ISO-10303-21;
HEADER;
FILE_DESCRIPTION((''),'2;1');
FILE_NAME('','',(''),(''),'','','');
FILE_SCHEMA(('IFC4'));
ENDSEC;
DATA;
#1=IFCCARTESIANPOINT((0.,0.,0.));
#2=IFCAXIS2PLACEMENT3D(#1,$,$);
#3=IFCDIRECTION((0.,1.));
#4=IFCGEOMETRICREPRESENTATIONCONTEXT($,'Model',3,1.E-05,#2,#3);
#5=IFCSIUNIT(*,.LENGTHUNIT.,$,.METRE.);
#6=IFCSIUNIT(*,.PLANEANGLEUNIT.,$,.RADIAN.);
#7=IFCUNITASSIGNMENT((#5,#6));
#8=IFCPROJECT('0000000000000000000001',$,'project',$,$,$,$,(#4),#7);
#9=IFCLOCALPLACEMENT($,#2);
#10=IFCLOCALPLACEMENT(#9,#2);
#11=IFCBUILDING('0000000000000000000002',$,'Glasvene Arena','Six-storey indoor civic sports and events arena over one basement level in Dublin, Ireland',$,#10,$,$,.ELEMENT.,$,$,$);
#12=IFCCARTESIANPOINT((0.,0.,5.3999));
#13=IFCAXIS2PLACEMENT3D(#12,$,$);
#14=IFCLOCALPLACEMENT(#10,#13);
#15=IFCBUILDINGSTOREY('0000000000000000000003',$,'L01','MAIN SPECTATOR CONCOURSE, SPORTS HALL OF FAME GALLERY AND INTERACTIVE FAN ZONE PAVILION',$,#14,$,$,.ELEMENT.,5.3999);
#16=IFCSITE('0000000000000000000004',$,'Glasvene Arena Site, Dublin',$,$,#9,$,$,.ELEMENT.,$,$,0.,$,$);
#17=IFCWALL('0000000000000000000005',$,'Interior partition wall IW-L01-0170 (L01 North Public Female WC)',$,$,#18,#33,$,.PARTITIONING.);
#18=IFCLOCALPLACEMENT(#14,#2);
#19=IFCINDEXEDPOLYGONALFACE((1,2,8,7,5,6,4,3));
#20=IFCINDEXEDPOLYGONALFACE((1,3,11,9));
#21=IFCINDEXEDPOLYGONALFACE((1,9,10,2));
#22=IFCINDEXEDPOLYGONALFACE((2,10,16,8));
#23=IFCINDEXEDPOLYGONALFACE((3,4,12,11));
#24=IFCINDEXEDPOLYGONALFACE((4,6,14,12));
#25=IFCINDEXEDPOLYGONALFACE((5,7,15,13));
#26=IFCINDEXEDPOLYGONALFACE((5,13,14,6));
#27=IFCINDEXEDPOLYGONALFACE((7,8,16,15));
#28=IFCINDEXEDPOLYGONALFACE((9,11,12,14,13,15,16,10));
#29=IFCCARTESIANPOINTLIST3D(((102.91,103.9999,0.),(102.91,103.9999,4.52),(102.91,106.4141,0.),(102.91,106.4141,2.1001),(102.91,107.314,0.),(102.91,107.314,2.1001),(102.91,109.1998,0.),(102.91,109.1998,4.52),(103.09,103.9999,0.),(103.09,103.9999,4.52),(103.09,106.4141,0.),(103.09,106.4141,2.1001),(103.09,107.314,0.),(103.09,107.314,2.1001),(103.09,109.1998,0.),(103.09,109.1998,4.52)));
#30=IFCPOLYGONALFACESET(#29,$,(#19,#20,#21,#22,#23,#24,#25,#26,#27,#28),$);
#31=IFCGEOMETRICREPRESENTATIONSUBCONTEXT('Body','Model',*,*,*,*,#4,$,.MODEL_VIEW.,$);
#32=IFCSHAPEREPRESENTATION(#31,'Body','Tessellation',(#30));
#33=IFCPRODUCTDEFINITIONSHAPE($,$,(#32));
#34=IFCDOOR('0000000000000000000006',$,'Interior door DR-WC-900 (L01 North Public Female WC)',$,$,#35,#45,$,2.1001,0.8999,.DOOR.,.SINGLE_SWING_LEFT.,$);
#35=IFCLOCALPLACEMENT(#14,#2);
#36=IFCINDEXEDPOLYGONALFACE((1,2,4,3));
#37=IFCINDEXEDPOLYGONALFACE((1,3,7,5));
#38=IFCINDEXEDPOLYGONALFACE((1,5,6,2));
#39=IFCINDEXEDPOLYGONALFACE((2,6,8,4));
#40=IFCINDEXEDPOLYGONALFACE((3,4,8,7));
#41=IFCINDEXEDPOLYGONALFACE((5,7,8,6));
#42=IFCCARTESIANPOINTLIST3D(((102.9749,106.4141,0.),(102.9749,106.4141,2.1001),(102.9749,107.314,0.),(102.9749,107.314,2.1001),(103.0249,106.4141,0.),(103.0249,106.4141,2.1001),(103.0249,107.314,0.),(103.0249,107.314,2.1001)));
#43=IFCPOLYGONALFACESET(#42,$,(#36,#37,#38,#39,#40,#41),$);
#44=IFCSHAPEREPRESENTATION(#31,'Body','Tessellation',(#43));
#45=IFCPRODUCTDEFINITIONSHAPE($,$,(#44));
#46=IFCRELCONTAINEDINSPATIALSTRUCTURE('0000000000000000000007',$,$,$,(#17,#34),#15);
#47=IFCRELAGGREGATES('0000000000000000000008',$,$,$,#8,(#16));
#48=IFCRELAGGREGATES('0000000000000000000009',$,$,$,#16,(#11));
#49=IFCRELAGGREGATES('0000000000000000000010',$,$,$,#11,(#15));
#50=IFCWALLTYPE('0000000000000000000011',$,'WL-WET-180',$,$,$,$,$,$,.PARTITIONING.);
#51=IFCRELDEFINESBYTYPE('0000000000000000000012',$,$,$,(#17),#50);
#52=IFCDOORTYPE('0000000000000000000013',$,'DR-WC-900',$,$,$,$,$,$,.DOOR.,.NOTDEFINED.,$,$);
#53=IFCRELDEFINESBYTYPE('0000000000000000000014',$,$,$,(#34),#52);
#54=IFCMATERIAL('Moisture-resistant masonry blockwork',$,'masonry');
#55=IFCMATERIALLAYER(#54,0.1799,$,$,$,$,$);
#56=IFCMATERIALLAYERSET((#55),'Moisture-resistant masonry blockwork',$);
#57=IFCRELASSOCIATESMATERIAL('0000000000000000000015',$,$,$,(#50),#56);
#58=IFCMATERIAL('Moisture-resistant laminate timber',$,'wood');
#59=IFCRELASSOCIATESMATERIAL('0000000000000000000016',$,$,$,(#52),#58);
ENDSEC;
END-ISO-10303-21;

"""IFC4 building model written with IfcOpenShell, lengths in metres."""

from ifc_helpers import new_model, si_unit, direction, frame, frame_2d, origin, place, context, subcontext, project, spatial, rectangle, extrude, material, layer, layer_set, type_object, element, fill, save


model = new_model("IFC4")

# Units and contexts
model_context = context("Model", 3, precision=1e-05, world=origin(), true_north=direction((0.0, 1.0)))
body_context = subcontext(model_context, "Body", "Model", "MODEL_VIEW")
ifc_project = project(units=[si_unit("LENGTHUNIT", "METRE"), si_unit("PLANEANGLEUNIT", "RADIAN")], contexts=[model_context])

# Site, building, storey
site_placement = place(None, origin())
site = spatial("IfcSite", under=ifc_project, at=site_placement, Name="Glasvene Arena Site, Dublin", CompositionType="ELEMENT", RefElevation=0.0)
building_placement = place(site_placement, origin())
building = spatial("IfcBuilding", under=site, at=building_placement, Name="Glasvene Arena", Description="Six-storey indoor civic sports and events arena over one basement level in Dublin, Ireland", CompositionType="ELEMENT")
storey_placement = place(building_placement, frame((0.0, 0.0, 5.3999)))
storey = spatial("IfcBuildingStorey", under=building, at=storey_placement, Name="L01", Description="MAIN SPECTATOR CONCOURSE, SPORTS HALL OF FAME GALLERY AND INTERACTIVE FAN ZONE PAVILION", CompositionType="ELEMENT", Elevation=5.3999)

# Shared definitions
ifc_material_1 = material(Name="Moisture-resistant masonry blockwork", Category="masonry")
ifc_layer_1 = layer(ifc_material_1, 0.1799)
ifc_layer_set_1 = layer_set([ifc_layer_1], Name="Moisture-resistant masonry blockwork")
wall_type_1 = type_object("IfcWallType", Name="WL-WET-180", PredefinedType="PARTITIONING", material=ifc_layer_set_1)

# Shared definitions
ifc_material_2 = material(Name="Moisture-resistant laminate timber", Category="wood")
door_type_1 = type_object("IfcDoorType", Name="DR-WC-900", OperationType="NOTDEFINED", PredefinedType="DOOR", material=ifc_material_2)

# Wall, opening, door
wall_1_placement = place(storey_placement, frame((103.0, 109.2, 0.0), z_axis=(0.0, 0.0, 1.0), x_axis=(0.0, -1.0, 0.0)))
wall_1 = element("IfcWall", 1, at=wall_1_placement, inside=storey, type_object=wall_type_1, Name="Interior partition wall IW-L01-0170 (L01 North Public Female WC)", PredefinedType="PARTITIONING", context=body_context, shape_type="SweptSolid", body=[
    extrude(rectangle(XDim=5.2, YDim=0.1799, at=frame_2d((2.6001, 0.0))), origin(), (0.0, 0.0, 1.0), 4.52),
])
opening_1_placement = place(wall_1_placement, frame((1.886, 0.0, 0.0)))
opening_1 = element("IfcOpeningElement", 2, at=opening_1_placement, cuts=wall_1, PredefinedType="OPENING", context=body_context, shape_type="SweptSolid", body=[
    extrude(rectangle(XDim=0.8999, YDim=2.1001, at=frame_2d((0.45, 1.05))), frame((0.0, 0.1001, 0.0), z_axis=(0.0, -1.0, 0.0), x_axis=(1.0, 0.0, 0.0)), (0.0, 0.0, 1.0), 0.2),
])
door_1_placement = place(opening_1_placement, origin())
door_1 = element("IfcDoor", 3, at=door_1_placement, inside=storey, type_object=door_type_1, Name="Interior door DR-WC-900 (L01 North Public Female WC)", OperationType="SINGLE_SWING_LEFT", OverallHeight=2.1001, OverallWidth=0.8999, PredefinedType="DOOR", context=body_context, shape_type="SweptSolid", body=[
    extrude(rectangle(XDim=0.8999, YDim=2.1001, at=frame_2d((0.45, 1.05))), frame((0.0, 0.0249, 0.0), z_axis=(0.0, -1.0, 0.0), x_axis=(1.0, 0.0, 0.0)), (0.0, 0.0, 1.0), 0.05),
])
fill(opening_1, door_1)

save(model, "model.ifc")
